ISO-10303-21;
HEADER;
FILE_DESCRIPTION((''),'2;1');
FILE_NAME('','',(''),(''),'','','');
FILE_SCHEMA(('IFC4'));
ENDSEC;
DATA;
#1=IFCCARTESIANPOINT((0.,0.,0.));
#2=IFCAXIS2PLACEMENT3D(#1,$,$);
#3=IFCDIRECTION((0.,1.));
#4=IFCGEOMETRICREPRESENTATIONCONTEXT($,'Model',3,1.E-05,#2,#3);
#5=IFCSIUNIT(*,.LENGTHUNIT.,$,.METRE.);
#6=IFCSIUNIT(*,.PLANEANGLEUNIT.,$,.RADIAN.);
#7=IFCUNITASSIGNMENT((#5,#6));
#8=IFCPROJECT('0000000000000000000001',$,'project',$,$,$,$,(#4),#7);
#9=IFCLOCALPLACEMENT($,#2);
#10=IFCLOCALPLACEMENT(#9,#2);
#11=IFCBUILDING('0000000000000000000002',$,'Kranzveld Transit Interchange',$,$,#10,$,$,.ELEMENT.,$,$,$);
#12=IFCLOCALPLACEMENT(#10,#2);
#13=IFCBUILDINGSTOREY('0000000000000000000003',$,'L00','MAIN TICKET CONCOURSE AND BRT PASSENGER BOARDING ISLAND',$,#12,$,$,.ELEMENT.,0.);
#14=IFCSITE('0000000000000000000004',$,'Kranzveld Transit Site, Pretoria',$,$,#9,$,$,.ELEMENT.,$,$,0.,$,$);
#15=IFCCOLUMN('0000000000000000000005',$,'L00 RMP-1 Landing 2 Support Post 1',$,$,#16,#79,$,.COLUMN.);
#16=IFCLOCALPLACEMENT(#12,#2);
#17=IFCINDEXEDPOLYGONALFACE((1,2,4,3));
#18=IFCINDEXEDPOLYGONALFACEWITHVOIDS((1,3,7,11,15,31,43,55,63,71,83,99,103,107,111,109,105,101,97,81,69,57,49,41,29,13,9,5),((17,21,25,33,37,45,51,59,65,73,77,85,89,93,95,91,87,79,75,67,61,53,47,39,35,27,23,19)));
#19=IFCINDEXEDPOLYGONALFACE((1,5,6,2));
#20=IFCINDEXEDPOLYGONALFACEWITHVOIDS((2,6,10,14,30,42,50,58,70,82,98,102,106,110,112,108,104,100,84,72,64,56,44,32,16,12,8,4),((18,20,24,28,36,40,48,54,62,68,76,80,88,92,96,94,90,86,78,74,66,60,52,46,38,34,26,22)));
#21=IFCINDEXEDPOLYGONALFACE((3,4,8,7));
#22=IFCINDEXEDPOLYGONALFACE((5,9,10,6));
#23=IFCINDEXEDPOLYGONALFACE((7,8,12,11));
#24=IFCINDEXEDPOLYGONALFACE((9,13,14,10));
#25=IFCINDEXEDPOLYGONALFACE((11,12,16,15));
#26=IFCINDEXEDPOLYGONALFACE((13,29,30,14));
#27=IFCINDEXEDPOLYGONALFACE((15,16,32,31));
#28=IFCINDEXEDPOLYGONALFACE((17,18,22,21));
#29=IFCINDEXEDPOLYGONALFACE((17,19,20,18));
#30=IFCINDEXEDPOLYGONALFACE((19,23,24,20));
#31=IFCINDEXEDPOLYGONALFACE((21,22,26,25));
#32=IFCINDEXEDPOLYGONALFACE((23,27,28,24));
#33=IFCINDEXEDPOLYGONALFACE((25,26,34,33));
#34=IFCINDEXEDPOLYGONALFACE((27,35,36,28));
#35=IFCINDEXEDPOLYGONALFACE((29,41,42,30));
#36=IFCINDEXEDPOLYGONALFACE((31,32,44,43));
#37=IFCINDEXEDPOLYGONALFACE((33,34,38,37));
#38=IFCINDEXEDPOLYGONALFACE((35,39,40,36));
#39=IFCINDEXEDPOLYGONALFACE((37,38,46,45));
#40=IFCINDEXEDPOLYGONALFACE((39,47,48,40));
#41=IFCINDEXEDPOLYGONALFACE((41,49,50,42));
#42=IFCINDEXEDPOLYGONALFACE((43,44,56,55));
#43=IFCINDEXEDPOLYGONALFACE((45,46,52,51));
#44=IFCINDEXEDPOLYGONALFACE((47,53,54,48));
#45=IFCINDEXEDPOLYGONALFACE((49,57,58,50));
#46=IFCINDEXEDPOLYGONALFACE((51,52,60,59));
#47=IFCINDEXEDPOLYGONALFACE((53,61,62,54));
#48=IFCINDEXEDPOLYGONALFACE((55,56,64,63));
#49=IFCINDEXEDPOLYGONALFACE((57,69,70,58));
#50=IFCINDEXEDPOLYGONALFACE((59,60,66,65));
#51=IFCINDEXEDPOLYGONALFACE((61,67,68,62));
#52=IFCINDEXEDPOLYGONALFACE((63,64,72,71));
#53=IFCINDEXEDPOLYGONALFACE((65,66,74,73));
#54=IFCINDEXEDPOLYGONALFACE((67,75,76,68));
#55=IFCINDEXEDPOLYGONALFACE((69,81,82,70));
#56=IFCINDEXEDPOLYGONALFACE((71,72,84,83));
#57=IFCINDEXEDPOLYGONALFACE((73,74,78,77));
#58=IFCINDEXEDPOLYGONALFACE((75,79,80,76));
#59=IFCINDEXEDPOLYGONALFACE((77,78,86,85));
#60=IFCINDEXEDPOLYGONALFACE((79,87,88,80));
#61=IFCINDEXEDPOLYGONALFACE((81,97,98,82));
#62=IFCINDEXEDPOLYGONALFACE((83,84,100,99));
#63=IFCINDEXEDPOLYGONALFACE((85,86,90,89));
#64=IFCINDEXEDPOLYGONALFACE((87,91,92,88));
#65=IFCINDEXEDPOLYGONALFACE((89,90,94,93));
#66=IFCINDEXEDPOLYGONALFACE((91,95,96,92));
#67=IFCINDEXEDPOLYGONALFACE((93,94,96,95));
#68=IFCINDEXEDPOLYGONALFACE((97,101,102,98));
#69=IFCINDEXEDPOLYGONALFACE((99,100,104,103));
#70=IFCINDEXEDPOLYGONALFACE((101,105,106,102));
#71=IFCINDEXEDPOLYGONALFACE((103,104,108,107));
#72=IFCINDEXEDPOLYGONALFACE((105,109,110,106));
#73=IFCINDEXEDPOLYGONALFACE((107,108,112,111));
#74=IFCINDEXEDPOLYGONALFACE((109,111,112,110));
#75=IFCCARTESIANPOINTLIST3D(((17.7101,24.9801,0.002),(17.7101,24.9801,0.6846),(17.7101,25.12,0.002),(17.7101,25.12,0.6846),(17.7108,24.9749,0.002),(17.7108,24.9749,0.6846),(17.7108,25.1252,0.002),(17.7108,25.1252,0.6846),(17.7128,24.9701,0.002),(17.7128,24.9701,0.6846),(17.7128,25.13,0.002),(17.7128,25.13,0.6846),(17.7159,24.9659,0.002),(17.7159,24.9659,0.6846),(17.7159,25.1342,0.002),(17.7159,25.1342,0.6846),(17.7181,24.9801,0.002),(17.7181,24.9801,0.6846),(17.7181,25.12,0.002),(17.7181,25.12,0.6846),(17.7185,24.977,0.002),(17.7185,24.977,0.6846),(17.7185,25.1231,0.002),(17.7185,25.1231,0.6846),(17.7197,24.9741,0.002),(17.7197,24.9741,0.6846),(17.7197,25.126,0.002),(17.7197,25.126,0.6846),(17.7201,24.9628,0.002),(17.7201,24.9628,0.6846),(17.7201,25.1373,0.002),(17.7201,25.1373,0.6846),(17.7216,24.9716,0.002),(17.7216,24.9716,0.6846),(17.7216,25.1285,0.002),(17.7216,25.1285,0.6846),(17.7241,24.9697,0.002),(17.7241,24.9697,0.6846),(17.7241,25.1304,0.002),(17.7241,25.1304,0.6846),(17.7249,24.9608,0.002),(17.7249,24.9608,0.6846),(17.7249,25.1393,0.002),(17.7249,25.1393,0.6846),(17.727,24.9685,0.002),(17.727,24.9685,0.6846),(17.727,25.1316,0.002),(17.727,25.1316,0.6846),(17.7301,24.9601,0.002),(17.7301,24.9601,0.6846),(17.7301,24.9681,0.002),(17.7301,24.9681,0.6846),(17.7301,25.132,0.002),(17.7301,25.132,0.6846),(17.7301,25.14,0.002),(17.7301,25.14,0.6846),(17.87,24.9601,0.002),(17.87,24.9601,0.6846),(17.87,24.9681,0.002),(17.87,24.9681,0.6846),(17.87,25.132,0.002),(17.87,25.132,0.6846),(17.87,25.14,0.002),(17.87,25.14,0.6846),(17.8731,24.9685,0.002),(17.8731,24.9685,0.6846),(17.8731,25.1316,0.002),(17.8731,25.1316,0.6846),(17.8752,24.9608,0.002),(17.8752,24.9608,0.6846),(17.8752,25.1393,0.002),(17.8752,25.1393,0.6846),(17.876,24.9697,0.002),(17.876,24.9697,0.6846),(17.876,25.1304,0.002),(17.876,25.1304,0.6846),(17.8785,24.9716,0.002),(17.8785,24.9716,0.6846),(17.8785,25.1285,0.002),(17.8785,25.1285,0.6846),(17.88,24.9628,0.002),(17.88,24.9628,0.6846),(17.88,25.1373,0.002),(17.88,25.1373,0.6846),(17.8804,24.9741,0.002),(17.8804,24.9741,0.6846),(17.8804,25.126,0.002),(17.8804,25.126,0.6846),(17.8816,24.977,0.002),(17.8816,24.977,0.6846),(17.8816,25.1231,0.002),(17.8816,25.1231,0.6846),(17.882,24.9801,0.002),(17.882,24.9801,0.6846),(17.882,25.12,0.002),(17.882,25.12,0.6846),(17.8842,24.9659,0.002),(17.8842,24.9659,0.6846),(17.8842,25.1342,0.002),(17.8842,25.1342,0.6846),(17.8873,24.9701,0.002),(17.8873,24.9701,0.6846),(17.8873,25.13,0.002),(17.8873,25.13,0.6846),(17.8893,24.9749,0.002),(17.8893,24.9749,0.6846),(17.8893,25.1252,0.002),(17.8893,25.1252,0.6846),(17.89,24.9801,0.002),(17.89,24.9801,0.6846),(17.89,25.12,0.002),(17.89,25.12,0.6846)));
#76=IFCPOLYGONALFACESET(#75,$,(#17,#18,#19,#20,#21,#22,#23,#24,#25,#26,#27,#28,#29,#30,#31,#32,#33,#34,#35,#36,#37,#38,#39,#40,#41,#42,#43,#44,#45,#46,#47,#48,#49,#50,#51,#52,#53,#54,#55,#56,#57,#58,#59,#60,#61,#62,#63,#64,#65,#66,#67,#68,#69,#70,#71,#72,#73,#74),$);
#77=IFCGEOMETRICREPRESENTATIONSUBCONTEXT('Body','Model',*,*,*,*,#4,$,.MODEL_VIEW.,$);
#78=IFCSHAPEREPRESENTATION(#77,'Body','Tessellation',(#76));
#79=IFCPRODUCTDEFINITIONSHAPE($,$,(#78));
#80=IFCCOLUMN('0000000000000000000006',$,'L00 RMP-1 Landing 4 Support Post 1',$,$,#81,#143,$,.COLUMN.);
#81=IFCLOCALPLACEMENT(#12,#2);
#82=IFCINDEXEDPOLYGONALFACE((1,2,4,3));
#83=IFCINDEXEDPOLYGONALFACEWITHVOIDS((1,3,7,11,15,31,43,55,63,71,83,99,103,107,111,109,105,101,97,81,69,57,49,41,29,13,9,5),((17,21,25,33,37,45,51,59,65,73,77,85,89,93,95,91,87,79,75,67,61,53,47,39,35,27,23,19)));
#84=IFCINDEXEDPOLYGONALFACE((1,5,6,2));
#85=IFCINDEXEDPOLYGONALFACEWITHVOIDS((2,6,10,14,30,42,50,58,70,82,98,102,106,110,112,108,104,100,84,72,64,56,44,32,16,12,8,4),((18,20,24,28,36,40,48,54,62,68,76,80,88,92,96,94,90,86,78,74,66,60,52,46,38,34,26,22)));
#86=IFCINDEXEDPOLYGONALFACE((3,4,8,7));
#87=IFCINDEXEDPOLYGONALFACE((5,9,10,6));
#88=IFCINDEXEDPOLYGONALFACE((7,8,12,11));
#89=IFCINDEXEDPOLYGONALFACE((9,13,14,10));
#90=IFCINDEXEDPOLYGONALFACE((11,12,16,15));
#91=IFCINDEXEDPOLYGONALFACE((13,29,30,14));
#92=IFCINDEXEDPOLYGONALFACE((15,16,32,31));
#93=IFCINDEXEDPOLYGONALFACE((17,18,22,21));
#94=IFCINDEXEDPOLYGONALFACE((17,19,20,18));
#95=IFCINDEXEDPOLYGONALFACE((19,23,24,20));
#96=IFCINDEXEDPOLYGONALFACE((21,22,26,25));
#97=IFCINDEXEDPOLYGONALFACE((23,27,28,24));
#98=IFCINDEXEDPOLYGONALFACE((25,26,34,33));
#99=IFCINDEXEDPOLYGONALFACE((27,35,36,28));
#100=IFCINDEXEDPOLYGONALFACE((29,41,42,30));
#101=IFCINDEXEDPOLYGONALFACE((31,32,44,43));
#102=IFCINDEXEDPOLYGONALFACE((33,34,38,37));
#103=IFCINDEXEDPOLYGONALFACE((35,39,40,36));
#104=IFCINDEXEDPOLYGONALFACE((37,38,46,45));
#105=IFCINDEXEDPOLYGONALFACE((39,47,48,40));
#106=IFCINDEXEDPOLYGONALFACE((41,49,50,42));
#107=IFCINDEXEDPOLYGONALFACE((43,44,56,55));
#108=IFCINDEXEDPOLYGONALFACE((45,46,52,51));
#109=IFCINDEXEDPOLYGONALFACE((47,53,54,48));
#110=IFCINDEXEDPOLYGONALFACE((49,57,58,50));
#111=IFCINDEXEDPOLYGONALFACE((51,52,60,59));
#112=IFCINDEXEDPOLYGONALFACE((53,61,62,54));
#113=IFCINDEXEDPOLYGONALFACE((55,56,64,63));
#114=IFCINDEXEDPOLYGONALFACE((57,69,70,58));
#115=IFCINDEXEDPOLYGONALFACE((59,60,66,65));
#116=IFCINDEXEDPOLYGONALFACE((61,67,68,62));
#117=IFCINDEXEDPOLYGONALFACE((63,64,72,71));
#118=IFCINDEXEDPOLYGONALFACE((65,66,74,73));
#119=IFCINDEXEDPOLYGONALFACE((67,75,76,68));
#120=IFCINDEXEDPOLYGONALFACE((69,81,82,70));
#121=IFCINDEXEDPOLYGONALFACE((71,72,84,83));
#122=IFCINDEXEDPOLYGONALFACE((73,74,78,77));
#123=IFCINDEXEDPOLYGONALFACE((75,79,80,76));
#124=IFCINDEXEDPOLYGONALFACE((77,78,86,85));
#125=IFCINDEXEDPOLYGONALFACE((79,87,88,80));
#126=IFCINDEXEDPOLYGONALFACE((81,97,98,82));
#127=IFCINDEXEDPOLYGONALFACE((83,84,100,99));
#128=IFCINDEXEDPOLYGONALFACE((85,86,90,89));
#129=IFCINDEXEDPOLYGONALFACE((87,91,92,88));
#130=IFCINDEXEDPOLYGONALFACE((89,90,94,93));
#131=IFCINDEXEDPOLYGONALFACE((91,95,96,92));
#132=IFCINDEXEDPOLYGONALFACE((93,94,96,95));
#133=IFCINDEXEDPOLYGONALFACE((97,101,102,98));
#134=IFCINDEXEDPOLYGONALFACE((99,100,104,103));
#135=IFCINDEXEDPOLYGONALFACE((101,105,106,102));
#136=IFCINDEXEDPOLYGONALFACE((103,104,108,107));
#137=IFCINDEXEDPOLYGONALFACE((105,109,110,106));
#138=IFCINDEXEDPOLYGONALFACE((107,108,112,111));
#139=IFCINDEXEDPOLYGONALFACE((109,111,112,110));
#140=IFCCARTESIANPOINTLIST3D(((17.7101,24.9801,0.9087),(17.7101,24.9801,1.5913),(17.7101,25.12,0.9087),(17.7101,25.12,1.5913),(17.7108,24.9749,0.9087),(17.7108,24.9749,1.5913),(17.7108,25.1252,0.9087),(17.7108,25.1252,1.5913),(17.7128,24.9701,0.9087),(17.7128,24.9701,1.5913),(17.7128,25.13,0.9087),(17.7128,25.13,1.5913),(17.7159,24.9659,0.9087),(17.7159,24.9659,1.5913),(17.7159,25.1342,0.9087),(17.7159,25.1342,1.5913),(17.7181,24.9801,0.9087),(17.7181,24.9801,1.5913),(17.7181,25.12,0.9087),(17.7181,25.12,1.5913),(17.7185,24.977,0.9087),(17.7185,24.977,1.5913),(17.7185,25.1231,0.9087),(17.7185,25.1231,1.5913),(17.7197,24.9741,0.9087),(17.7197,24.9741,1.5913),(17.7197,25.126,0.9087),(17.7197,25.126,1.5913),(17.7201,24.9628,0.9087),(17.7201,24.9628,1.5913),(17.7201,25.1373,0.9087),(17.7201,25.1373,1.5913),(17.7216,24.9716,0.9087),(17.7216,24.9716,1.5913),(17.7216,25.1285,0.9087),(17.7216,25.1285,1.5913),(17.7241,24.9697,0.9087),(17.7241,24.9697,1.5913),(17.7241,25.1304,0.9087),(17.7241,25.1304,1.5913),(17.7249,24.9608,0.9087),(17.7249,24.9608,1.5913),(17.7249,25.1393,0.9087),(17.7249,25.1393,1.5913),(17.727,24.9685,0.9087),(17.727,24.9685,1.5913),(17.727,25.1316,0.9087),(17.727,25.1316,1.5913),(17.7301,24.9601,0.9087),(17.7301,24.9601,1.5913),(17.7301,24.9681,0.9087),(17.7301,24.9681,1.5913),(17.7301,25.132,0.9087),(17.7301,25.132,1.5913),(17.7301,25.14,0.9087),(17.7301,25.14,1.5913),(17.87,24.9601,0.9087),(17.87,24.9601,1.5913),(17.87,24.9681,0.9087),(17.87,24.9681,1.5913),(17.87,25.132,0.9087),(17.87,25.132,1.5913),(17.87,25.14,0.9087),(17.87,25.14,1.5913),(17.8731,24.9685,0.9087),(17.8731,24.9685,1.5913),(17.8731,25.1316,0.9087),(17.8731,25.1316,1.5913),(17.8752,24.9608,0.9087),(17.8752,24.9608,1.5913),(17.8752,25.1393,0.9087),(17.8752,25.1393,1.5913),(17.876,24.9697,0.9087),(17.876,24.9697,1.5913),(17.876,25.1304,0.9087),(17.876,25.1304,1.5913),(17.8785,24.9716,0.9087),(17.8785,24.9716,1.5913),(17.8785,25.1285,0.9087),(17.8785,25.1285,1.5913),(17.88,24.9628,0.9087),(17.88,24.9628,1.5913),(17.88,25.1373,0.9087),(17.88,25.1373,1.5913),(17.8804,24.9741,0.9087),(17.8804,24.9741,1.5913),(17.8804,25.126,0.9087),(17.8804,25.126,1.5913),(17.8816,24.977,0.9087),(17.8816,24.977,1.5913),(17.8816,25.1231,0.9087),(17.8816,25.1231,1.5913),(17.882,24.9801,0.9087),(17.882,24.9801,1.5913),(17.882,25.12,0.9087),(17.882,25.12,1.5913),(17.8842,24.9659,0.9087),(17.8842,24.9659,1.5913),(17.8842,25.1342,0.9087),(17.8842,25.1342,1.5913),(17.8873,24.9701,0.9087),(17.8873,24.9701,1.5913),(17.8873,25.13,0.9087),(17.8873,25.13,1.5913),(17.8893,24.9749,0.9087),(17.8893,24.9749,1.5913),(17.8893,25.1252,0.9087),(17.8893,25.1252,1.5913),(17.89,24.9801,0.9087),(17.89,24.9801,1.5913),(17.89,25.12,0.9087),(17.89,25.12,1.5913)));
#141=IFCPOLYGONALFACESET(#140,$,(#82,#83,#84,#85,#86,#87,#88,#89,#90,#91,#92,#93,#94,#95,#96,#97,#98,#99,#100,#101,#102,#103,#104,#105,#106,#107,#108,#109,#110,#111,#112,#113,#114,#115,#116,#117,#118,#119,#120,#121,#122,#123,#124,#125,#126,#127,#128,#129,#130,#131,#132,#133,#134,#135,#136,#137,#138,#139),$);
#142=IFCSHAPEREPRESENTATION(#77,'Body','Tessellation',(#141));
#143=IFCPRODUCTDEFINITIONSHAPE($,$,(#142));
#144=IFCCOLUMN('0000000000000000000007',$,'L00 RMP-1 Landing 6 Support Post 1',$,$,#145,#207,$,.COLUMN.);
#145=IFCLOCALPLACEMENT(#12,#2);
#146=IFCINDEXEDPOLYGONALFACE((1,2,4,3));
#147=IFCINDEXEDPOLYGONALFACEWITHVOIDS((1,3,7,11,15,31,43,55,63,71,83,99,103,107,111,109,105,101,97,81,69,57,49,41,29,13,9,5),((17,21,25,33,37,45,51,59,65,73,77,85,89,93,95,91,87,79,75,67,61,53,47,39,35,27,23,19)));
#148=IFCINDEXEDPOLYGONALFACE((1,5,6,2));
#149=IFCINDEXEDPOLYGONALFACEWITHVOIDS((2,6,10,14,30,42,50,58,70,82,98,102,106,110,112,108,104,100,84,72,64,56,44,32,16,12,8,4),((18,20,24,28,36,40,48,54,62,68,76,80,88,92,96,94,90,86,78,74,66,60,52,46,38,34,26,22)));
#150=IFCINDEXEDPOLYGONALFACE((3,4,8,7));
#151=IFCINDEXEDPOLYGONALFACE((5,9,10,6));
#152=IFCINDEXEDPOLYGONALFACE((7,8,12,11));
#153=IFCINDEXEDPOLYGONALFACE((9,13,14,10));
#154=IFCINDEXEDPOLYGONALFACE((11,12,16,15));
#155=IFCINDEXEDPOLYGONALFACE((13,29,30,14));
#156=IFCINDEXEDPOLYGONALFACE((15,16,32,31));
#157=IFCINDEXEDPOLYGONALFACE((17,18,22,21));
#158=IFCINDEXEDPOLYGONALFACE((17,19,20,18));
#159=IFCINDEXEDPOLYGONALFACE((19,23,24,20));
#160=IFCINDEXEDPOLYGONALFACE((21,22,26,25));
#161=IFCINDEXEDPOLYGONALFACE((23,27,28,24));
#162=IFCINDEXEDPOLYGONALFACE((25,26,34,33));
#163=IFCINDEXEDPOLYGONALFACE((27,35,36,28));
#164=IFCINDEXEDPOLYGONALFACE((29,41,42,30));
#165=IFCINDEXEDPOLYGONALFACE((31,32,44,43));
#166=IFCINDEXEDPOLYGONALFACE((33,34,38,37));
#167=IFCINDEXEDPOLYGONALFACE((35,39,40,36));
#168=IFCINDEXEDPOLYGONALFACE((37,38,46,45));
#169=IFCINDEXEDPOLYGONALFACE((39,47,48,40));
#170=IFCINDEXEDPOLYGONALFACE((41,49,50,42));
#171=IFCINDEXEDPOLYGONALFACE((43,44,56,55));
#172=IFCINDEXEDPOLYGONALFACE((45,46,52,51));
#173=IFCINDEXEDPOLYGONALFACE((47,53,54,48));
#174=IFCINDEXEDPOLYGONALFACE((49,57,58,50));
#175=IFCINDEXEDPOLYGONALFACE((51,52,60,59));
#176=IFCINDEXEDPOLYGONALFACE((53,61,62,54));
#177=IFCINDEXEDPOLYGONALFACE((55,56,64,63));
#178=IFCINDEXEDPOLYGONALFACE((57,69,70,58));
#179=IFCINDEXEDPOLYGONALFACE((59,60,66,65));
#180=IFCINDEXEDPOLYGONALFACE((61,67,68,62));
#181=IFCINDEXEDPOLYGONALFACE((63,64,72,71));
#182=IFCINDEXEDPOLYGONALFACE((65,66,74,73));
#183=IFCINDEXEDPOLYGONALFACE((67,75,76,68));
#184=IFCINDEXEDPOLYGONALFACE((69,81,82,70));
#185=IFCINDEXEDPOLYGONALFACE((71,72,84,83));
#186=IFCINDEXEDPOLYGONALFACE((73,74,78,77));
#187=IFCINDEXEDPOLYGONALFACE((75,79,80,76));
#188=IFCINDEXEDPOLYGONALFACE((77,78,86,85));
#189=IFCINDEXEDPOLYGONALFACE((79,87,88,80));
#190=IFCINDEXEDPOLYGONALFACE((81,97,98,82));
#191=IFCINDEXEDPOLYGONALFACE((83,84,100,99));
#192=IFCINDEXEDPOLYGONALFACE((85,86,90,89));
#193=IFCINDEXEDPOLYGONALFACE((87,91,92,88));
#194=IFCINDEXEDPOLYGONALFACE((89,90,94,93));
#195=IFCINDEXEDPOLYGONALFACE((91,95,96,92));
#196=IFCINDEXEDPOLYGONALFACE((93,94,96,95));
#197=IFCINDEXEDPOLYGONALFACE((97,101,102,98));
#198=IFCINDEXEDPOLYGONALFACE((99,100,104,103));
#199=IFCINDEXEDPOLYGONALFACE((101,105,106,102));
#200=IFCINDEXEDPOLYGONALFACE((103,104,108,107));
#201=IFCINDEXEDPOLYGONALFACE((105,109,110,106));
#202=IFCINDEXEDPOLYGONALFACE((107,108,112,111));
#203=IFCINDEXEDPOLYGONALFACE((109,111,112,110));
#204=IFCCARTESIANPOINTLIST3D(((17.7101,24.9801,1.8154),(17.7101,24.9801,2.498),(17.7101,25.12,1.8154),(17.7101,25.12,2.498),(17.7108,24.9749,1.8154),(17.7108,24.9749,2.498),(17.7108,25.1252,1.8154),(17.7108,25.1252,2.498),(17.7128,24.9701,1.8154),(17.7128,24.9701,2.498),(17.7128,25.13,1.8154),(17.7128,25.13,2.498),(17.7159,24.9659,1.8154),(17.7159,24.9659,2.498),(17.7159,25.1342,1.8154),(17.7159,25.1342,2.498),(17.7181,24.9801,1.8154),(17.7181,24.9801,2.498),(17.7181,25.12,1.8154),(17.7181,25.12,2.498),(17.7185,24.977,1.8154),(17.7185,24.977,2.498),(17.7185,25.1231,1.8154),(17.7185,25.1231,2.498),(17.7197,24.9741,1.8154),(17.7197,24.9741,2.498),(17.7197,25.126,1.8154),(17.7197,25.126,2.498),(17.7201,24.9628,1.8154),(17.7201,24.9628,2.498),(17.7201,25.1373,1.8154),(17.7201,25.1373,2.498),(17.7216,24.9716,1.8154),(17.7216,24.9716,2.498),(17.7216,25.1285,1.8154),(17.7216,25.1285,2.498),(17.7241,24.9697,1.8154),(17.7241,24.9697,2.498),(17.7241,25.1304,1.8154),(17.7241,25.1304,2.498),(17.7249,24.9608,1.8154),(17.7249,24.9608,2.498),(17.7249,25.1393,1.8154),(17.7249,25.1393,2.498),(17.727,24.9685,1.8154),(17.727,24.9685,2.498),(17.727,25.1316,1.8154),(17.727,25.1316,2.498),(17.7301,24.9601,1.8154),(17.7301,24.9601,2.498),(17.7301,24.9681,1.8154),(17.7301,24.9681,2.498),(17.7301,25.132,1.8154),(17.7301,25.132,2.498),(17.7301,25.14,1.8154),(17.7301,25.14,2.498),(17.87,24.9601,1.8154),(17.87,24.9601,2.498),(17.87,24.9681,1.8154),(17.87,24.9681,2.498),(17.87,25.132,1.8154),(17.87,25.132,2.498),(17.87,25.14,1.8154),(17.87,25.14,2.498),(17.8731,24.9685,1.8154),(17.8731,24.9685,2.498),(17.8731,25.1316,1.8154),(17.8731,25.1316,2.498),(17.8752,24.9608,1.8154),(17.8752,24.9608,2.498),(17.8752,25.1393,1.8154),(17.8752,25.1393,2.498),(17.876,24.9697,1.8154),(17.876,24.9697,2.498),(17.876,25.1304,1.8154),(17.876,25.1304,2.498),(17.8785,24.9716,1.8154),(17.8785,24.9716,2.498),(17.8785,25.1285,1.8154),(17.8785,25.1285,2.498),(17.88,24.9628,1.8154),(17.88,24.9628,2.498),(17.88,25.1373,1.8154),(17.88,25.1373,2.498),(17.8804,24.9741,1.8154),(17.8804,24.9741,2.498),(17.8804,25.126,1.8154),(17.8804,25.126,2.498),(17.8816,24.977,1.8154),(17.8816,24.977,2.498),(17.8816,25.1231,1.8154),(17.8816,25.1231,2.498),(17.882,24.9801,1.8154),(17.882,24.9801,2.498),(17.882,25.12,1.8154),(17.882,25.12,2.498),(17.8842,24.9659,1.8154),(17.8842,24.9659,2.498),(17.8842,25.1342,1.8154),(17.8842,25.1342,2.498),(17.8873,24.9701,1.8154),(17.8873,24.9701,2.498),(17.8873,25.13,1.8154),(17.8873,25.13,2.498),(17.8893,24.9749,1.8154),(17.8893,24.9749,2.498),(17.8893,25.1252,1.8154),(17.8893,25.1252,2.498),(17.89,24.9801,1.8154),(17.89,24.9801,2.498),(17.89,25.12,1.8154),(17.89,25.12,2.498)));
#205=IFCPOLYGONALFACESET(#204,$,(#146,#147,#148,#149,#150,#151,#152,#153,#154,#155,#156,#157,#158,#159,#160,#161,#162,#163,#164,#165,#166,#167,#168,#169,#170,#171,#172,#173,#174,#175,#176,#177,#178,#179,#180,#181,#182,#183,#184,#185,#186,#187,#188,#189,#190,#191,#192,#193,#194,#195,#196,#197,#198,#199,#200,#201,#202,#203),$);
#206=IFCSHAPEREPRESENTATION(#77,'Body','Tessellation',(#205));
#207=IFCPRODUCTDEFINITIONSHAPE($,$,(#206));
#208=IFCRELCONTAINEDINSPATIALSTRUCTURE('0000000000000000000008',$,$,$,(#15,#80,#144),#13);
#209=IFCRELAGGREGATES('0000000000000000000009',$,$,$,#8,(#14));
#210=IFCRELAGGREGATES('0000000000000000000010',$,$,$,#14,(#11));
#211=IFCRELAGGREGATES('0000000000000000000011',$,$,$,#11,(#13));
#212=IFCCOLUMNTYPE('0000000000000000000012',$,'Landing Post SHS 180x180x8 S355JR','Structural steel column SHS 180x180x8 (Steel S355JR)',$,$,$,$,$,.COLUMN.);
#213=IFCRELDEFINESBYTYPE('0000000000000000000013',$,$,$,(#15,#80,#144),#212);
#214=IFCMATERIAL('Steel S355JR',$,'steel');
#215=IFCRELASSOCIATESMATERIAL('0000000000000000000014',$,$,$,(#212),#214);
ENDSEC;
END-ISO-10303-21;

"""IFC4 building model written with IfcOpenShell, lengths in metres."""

from ifc_helpers import new_model, si_unit, direction, frame, origin, origin_2d, place, context, subcontext, project, spatial, hollow_rectangle, extrude, material, material_profile, profile_set, type_object, element, save


model = new_model("IFC4")

# Units and contexts
model_context = context("Model", 3, precision=1e-05, world=origin(), true_north=direction((0.0, 1.0)))
body_context = subcontext(model_context, "Body", "Model", "MODEL_VIEW")
ifc_project = project(units=[si_unit("LENGTHUNIT", "METRE"), si_unit("PLANEANGLEUNIT", "RADIAN")], contexts=[model_context])

# Site, building, storey
site_placement = place(None, origin())
site = spatial("IfcSite", under=ifc_project, at=site_placement, Name="Kranzveld Transit Site, Pretoria", CompositionType="ELEMENT", RefElevation=0.0)
building_placement = place(site_placement, origin())
building = spatial("IfcBuilding", under=site, at=building_placement, Name="Kranzveld Transit Interchange", CompositionType="ELEMENT")
storey_placement = place(building_placement, origin())
storey = spatial("IfcBuildingStorey", under=building, at=storey_placement, Name="L00", Description="MAIN TICKET CONCOURSE AND BRT PASSENGER BOARDING ISLAND", CompositionType="ELEMENT", Elevation=0.0)

# Columns
ifc_material_1 = material(Name="Steel S355JR", Category="steel")
ifc_material_profile_1 = material_profile(ifc_material_1, hollow_rectangle(XDim=0.1799, YDim=0.1799, WallThickness=0.0081, InnerFilletRadius=0.012, OuterFilletRadius=0.02, at=origin_2d()), Name="SHS 180x180x8")
ifc_profile_set_1 = profile_set([ifc_material_profile_1], Name="Steel S355JR")
column_type_1 = type_object("IfcColumnType", Name="Landing Post SHS 180x180x8 S355JR", Description="Structural steel column SHS 180x180x8 (Steel S355JR)", PredefinedType="COLUMN", material=ifc_profile_set_1)
for number, where, z_axis, x_axis, name in (
    (1, (17.8, 25.05, 0.002), (0.0, 0.0, 1.0), (1.0, 0.0, 0.0), "L00 RMP-1 Landing 2 Support Post 1"),
    (2, (17.8, 25.05, 0.9087), (0.0, 0.0, 1.0), (1.0, 0.0, 0.0), "L00 RMP-1 Landing 4 Support Post 1"),
    (3, (17.8, 25.05, 1.8154), (0.0, 0.0, 1.0), (1.0, 0.0, 0.0), "L00 RMP-1 Landing 6 Support Post 1"),
):
    element("IfcColumn", number, at=place(storey_placement, frame(where, z_axis=z_axis, x_axis=x_axis)), inside=storey, type_object=column_type_1, Name=name, PredefinedType="COLUMN", context=body_context, shape_type="SweptSolid", body=[
        extrude(hollow_rectangle(XDim=0.1799, YDim=0.1799, WallThickness=0.0081, InnerFilletRadius=0.012, OuterFilletRadius=0.02, at=origin_2d()), origin(), (0.0, 0.0, 1.0), 0.6826),
    ])

save(model, "model.ifc")
